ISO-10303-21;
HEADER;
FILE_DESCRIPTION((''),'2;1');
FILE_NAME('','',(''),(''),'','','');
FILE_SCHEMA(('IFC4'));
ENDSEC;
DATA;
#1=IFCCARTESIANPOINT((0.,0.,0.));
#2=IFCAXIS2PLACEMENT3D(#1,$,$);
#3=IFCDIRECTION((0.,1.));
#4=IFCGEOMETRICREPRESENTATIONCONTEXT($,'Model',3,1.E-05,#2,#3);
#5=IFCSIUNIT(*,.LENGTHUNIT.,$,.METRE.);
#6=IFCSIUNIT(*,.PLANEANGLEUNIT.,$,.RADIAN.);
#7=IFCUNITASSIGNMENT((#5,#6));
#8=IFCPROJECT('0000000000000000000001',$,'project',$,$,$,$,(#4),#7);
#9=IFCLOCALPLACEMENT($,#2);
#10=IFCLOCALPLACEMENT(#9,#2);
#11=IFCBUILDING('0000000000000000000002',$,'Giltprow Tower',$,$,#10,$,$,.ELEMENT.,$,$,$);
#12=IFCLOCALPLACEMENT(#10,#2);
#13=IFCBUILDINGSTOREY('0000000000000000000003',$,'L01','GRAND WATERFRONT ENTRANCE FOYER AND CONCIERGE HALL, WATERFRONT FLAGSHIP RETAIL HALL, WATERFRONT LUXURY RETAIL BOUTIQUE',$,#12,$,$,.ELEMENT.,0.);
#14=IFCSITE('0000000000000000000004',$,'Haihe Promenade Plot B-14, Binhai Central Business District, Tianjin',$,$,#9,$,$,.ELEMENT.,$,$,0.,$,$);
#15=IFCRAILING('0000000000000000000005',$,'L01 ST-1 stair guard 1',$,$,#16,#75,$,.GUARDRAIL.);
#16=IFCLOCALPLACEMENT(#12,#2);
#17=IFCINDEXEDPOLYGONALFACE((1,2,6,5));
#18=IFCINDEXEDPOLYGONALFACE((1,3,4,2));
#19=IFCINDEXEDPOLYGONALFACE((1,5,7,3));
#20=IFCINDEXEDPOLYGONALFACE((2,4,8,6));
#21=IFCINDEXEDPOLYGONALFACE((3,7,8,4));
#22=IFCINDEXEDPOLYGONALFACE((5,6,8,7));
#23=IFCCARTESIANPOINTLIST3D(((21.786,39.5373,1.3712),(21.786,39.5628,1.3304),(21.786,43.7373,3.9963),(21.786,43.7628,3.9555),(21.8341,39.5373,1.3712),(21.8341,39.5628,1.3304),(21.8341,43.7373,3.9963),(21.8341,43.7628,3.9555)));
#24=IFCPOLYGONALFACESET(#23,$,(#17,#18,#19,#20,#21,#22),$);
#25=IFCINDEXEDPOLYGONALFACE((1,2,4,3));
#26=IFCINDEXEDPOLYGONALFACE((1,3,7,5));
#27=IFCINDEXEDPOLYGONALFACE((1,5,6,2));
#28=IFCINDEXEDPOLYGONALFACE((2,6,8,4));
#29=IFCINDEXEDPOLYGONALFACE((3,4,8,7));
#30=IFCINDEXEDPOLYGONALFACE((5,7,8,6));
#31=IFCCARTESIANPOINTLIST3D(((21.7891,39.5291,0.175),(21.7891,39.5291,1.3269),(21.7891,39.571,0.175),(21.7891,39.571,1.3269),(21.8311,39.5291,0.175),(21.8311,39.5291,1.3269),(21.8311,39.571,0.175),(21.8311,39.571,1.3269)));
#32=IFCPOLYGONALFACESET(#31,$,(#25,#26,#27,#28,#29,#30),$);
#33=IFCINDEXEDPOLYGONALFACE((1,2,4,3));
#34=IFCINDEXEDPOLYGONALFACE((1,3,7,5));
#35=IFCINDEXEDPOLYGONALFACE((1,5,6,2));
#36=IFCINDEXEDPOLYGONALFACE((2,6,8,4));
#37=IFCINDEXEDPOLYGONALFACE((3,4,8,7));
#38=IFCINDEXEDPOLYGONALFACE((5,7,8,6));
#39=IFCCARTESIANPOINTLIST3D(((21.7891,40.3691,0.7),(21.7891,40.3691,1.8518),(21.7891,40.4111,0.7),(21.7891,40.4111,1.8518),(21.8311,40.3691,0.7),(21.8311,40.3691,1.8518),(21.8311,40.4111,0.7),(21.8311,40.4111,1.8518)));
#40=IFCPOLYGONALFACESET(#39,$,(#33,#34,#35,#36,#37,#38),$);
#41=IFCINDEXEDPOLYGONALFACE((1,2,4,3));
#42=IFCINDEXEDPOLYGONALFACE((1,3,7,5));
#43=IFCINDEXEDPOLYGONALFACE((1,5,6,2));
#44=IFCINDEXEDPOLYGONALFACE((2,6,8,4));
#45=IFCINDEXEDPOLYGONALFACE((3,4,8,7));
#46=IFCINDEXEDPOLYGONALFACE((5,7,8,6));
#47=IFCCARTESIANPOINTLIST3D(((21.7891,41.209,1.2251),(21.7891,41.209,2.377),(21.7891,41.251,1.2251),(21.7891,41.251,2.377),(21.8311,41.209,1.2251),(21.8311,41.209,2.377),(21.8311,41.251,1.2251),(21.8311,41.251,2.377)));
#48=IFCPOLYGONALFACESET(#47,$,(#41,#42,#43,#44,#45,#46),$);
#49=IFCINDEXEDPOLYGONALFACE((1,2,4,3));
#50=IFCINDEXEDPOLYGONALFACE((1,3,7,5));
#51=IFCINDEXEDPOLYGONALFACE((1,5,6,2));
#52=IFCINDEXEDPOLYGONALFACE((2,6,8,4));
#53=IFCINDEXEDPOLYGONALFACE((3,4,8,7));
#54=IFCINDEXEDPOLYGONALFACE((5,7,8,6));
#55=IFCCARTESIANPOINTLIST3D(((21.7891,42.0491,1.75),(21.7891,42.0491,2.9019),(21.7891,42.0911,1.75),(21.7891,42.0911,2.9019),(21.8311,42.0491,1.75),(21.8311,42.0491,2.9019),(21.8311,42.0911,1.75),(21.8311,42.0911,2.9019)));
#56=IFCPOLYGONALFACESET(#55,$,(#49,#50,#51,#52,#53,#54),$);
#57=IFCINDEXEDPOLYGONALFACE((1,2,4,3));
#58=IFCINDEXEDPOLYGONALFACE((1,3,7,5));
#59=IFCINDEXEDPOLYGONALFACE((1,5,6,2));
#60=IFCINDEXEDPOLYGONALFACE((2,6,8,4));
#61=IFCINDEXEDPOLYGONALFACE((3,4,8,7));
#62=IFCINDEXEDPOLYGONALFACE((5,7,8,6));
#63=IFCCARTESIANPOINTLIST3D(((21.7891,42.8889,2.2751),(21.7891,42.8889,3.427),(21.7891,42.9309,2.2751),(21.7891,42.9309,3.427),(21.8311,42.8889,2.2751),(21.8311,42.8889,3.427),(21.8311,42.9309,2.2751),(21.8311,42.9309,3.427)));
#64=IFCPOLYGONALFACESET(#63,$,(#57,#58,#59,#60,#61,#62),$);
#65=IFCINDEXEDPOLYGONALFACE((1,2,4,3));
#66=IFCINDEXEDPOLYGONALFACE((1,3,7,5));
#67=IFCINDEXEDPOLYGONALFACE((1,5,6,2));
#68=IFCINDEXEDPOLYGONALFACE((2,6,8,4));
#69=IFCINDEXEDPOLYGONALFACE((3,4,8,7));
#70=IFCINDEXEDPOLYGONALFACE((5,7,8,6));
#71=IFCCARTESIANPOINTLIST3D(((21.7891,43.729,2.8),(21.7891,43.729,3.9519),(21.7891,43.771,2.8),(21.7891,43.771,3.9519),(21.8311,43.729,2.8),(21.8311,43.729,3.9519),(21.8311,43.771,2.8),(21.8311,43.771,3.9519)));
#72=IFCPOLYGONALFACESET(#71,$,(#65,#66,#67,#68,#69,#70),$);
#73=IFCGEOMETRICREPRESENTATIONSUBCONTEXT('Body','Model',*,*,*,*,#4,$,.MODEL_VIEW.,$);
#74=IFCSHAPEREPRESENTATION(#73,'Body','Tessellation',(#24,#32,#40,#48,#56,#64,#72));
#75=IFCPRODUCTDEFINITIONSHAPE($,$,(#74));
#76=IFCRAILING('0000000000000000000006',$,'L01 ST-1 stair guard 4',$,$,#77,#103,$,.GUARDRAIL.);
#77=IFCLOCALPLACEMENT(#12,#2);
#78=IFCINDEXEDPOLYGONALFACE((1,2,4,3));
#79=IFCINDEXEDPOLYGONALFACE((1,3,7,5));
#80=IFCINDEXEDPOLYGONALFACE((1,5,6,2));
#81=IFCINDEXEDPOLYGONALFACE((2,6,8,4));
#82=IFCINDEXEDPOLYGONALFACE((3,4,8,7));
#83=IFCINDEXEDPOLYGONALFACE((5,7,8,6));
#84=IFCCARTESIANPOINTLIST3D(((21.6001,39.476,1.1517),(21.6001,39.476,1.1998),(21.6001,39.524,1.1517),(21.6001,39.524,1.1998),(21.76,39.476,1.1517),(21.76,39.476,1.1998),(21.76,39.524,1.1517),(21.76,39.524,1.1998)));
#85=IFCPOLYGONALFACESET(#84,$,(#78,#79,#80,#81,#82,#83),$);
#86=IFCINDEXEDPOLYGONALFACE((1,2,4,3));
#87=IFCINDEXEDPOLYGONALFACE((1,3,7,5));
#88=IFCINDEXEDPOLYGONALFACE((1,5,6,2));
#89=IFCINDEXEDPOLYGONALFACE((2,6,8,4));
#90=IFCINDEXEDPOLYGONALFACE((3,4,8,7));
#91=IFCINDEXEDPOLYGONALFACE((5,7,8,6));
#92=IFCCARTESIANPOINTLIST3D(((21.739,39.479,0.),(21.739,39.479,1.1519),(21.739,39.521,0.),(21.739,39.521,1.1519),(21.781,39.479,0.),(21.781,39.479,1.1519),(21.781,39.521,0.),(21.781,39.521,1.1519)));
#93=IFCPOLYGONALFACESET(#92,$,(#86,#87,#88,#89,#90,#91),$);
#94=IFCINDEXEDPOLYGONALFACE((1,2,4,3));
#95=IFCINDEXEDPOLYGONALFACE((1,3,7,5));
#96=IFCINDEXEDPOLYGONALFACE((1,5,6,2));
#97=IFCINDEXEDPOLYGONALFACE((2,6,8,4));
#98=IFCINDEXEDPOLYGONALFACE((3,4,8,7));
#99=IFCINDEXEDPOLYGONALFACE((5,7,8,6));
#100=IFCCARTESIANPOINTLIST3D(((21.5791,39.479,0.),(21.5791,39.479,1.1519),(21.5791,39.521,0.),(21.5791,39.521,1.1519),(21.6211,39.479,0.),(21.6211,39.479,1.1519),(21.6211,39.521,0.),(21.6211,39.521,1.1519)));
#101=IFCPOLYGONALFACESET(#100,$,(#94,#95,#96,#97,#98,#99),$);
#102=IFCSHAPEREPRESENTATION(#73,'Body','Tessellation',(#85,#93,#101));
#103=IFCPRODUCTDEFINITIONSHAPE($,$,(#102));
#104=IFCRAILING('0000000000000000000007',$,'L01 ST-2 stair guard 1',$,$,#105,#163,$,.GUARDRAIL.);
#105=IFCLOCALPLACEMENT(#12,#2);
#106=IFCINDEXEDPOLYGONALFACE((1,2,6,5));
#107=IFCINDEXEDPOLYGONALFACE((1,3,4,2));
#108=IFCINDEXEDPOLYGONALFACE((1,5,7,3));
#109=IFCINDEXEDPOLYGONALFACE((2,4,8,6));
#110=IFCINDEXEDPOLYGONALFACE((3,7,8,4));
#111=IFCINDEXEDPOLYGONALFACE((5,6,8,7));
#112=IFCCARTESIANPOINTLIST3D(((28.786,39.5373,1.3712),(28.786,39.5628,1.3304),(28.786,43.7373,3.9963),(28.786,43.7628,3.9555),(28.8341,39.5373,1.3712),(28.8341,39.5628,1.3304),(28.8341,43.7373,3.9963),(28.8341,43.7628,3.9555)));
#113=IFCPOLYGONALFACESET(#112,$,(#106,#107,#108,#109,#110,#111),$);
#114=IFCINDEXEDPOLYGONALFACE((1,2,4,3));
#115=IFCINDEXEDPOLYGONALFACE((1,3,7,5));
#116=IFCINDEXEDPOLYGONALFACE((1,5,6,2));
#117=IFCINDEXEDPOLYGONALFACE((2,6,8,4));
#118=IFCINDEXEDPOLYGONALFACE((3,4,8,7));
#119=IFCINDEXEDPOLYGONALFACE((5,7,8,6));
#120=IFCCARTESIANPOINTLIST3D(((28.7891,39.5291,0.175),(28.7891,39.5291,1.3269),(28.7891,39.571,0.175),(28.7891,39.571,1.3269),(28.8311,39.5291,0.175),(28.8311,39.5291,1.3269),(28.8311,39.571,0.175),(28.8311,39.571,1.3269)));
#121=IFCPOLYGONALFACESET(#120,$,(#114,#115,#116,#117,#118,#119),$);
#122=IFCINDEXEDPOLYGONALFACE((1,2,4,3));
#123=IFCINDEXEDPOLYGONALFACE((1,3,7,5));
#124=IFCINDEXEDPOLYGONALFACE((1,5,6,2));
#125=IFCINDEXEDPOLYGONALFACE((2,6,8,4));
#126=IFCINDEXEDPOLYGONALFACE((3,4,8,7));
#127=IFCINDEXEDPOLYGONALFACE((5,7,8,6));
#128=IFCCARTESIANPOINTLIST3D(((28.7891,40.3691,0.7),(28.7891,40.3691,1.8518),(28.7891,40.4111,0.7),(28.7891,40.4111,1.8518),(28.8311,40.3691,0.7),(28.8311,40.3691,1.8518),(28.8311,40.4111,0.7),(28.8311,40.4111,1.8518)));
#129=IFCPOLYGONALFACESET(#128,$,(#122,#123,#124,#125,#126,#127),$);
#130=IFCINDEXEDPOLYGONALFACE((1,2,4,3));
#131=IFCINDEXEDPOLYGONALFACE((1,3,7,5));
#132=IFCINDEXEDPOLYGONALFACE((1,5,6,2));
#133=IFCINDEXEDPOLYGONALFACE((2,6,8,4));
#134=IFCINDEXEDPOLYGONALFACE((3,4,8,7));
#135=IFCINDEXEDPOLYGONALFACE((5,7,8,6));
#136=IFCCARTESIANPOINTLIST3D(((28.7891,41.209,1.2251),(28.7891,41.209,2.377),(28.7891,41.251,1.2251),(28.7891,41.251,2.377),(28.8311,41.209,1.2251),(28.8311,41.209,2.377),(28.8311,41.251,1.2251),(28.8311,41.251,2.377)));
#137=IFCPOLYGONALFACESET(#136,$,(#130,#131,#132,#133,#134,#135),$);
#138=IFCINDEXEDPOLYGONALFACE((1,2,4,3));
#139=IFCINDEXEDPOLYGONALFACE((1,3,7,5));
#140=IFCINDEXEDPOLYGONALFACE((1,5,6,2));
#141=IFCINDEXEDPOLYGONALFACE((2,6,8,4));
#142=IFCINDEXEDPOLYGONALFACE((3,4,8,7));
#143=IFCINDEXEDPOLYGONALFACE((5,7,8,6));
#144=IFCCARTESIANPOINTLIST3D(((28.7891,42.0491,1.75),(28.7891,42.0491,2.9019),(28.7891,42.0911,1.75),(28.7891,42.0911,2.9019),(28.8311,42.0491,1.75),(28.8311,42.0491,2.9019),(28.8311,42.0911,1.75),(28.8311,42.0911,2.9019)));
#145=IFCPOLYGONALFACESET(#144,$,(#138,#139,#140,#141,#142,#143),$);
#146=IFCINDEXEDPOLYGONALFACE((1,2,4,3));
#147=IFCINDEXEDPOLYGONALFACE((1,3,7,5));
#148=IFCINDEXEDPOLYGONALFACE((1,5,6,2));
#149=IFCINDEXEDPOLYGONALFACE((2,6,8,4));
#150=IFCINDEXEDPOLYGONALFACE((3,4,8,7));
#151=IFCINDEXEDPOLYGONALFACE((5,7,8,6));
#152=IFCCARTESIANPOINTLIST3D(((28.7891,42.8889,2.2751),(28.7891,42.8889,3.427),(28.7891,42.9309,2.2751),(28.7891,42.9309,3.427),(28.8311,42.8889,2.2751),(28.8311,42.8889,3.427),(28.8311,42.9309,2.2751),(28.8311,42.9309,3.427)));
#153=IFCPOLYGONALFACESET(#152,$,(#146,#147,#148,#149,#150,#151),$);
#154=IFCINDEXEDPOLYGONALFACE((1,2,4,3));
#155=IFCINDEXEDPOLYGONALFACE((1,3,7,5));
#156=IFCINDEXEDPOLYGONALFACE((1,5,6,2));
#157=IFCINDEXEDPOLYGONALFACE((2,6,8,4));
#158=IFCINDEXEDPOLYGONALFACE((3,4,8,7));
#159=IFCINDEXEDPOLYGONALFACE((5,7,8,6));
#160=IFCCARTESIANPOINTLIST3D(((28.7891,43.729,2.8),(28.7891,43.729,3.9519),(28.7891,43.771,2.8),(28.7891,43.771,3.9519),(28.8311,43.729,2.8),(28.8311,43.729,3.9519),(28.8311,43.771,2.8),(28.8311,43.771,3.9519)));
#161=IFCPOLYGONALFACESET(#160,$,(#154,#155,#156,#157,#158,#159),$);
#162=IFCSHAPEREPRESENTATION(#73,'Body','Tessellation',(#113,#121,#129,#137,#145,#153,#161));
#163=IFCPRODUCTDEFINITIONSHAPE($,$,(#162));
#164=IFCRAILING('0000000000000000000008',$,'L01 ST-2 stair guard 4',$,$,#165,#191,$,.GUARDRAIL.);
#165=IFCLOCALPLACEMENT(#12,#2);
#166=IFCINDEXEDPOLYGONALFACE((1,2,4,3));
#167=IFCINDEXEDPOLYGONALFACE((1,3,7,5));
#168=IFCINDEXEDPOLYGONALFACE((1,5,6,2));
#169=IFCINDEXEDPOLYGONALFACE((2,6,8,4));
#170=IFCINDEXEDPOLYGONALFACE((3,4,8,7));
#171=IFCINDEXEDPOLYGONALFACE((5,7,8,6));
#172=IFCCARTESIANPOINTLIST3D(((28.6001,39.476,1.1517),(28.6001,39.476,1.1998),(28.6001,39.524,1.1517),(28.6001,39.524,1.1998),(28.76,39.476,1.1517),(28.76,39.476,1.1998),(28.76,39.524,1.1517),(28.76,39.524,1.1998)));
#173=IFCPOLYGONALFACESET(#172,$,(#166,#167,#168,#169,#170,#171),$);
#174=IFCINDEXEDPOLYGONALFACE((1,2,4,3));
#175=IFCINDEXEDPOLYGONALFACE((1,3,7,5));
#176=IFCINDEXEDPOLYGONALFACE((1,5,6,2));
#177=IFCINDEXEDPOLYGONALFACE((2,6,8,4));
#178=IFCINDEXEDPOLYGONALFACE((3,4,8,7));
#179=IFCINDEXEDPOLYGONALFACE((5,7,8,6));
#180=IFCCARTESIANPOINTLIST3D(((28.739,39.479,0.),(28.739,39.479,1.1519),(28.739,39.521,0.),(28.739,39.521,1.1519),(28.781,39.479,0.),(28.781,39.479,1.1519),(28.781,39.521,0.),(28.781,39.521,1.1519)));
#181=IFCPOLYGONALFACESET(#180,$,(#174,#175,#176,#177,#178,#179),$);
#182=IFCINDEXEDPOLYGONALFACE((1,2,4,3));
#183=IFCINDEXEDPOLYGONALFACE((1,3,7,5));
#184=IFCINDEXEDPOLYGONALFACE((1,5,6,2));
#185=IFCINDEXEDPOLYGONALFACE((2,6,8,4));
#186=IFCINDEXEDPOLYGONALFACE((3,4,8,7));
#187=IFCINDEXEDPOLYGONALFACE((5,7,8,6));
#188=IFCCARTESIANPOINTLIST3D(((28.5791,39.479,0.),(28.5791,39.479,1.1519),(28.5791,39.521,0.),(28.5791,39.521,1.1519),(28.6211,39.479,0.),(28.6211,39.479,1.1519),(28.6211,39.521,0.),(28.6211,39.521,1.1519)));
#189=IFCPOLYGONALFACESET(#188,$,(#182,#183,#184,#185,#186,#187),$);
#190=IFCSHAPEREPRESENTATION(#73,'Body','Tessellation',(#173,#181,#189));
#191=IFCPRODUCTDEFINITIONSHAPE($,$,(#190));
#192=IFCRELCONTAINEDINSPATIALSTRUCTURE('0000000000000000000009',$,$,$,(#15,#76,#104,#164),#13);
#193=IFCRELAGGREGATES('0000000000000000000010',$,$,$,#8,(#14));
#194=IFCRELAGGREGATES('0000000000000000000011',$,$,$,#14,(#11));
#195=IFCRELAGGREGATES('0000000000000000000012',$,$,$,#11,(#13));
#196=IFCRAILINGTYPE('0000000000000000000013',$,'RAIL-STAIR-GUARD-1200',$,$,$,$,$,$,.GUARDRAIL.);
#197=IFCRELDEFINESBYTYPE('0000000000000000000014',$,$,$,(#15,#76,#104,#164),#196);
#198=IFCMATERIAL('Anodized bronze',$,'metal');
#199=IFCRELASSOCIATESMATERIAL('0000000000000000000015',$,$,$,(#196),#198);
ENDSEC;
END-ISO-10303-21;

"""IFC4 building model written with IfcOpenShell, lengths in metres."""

from ifc_helpers import new_model, si_unit, direction, frame, origin, origin_2d, place, context, subcontext, project, spatial, rectangle, extrude, material, type_object, element, save


model = new_model("IFC4")

# Units and contexts
model_context = context("Model", 3, precision=1e-05, world=origin(), true_north=direction((0.0, 1.0)))
body_context = subcontext(model_context, "Body", "Model", "MODEL_VIEW")
ifc_project = project(units=[si_unit("LENGTHUNIT", "METRE"), si_unit("PLANEANGLEUNIT", "RADIAN")], contexts=[model_context])

# Site, building, storey
site_placement = place(None, origin())
site = spatial("IfcSite", under=ifc_project, at=site_placement, Name="Haihe Promenade Plot B-14, Binhai Central Business District, Tianjin", CompositionType="ELEMENT", RefElevation=0.0)
building_placement = place(site_placement, origin())
building = spatial("IfcBuilding", under=site, at=building_placement, Name="Giltprow Tower", CompositionType="ELEMENT")
storey_placement = place(building_placement, origin())
storey = spatial("IfcBuildingStorey", under=building, at=storey_placement, Name="L01", Description="GRAND WATERFRONT ENTRANCE FOYER AND CONCIERGE HALL, WATERFRONT FLAGSHIP RETAIL HALL, WATERFRONT LUXURY RETAIL BOUTIQUE", CompositionType="ELEMENT", Elevation=0.0)

# Railings
ifc_material_1 = material(Name="Anodized bronze", Category="metal")
railing_type_1 = type_object("IfcRailingType", Name="RAIL-STAIR-GUARD-1200", PredefinedType="GUARDRAIL", material=ifc_material_1)
railing_1_placement = place(storey_placement, frame((21.8101, 39.55, 0.175)))
element("IfcRailing", 1, at=railing_1_placement, inside=storey, type_object=railing_type_1, Name="L01 ST-1 stair guard 1", PredefinedType="GUARDRAIL", context=body_context, shape_type="SweptSolid", body=[
    extrude(rectangle(XDim=0.0481, YDim=0.0481, at=origin_2d()), frame((0.0, 0.0, 1.1758), z_axis=(0.0, 0.847996, 0.530003), x_axis=(-1.0, 0.0, 0.0)), (0.0, 0.0, 1.0), 4.9529),
    extrude(rectangle(XDim=0.042, YDim=0.042, at=origin_2d()), origin(), (0.0, 0.0, 1.0), 1.1519),
    extrude(rectangle(XDim=0.042, YDim=0.042, at=origin_2d()), frame((0.0, 0.8401, 0.5249)), (0.0, 0.0, 1.0), 1.1519),
    extrude(rectangle(XDim=0.042, YDim=0.042, at=origin_2d()), frame((0.0, 1.6799, 1.05)), (0.0, 0.0, 1.0), 1.1519),
    extrude(rectangle(XDim=0.042, YDim=0.042, at=origin_2d()), frame((0.0, 2.52, 1.575)), (0.0, 0.0, 1.0), 1.1519),
    extrude(rectangle(XDim=0.042, YDim=0.042, at=origin_2d()), frame((0.0, 3.3599, 2.1001)), (0.0, 0.0, 1.0), 1.1519),
    extrude(rectangle(XDim=0.042, YDim=0.042, at=origin_2d()), frame((0.0, 4.2, 2.625)), (0.0, 0.0, 1.0), 1.1519),
])
railing_2_placement = place(storey_placement, frame((21.76, 39.5, 0.0)))
element("IfcRailing", 2, at=railing_2_placement, inside=storey, type_object=railing_type_1, Name="L01 ST-1 stair guard 4", PredefinedType="GUARDRAIL", context=body_context, shape_type="SweptSolid", body=[
    extrude(rectangle(XDim=0.0481, YDim=0.0481, at=origin_2d()), frame((0.0, 0.0, 1.1758), z_axis=(-1.0, 0.0, 0.0), x_axis=(0.0, -1.0, 0.0)), (0.0, 0.0, 1.0), 0.1599),
    extrude(rectangle(XDim=0.042, YDim=0.042, at=origin_2d()), origin(), (0.0, 0.0, 1.0), 1.1519),
    extrude(rectangle(XDim=0.042, YDim=0.042, at=origin_2d()), frame((-0.1599, 0.0, 0.0)), (0.0, 0.0, 1.0), 1.1519),
])
railing_3_placement = place(storey_placement, frame((28.8101, 39.55, 0.175)))
element("IfcRailing", 3, at=railing_3_placement, inside=storey, type_object=railing_type_1, Name="L01 ST-2 stair guard 1", PredefinedType="GUARDRAIL", context=body_context, shape_type="SweptSolid", body=[
    extrude(rectangle(XDim=0.0481, YDim=0.0481, at=origin_2d()), frame((0.0, 0.0, 1.1758), z_axis=(0.0, 0.847996, 0.530003), x_axis=(-1.0, 0.0, 0.0)), (0.0, 0.0, 1.0), 4.9529),
    extrude(rectangle(XDim=0.042, YDim=0.042, at=origin_2d()), origin(), (0.0, 0.0, 1.0), 1.1519),
    extrude(rectangle(XDim=0.042, YDim=0.042, at=origin_2d()), frame((0.0, 0.8401, 0.5249)), (0.0, 0.0, 1.0), 1.1519),
    extrude(rectangle(XDim=0.042, YDim=0.042, at=origin_2d()), frame((0.0, 1.6799, 1.05)), (0.0, 0.0, 1.0), 1.1519),
    extrude(rectangle(XDim=0.042, YDim=0.042, at=origin_2d()), frame((0.0, 2.52, 1.575)), (0.0, 0.0, 1.0), 1.1519),
    extrude(rectangle(XDim=0.042, YDim=0.042, at=origin_2d()), frame((0.0, 3.3599, 2.1001)), (0.0, 0.0, 1.0), 1.1519),
    extrude(rectangle(XDim=0.042, YDim=0.042, at=origin_2d()), frame((0.0, 4.2, 2.625)), (0.0, 0.0, 1.0), 1.1519),
])
railing_4_placement = place(storey_placement, frame((28.76, 39.5, 0.0)))
element("IfcRailing", 4, at=railing_4_placement, inside=storey, type_object=railing_type_1, Name="L01 ST-2 stair guard 4", PredefinedType="GUARDRAIL", context=body_context, shape_type="SweptSolid", body=[
    extrude(rectangle(XDim=0.0481, YDim=0.0481, at=origin_2d()), frame((0.0, 0.0, 1.1758), z_axis=(-1.0, 0.0, 0.0), x_axis=(0.0, -1.0, 0.0)), (0.0, 0.0, 1.0), 0.1599),
    extrude(rectangle(XDim=0.042, YDim=0.042, at=origin_2d()), origin(), (0.0, 0.0, 1.0), 1.1519),
    extrude(rectangle(XDim=0.042, YDim=0.042, at=origin_2d()), frame((-0.1599, 0.0, 0.0)), (0.0, 0.0, 1.0), 1.1519),
])

save(model, "model.ifc")
